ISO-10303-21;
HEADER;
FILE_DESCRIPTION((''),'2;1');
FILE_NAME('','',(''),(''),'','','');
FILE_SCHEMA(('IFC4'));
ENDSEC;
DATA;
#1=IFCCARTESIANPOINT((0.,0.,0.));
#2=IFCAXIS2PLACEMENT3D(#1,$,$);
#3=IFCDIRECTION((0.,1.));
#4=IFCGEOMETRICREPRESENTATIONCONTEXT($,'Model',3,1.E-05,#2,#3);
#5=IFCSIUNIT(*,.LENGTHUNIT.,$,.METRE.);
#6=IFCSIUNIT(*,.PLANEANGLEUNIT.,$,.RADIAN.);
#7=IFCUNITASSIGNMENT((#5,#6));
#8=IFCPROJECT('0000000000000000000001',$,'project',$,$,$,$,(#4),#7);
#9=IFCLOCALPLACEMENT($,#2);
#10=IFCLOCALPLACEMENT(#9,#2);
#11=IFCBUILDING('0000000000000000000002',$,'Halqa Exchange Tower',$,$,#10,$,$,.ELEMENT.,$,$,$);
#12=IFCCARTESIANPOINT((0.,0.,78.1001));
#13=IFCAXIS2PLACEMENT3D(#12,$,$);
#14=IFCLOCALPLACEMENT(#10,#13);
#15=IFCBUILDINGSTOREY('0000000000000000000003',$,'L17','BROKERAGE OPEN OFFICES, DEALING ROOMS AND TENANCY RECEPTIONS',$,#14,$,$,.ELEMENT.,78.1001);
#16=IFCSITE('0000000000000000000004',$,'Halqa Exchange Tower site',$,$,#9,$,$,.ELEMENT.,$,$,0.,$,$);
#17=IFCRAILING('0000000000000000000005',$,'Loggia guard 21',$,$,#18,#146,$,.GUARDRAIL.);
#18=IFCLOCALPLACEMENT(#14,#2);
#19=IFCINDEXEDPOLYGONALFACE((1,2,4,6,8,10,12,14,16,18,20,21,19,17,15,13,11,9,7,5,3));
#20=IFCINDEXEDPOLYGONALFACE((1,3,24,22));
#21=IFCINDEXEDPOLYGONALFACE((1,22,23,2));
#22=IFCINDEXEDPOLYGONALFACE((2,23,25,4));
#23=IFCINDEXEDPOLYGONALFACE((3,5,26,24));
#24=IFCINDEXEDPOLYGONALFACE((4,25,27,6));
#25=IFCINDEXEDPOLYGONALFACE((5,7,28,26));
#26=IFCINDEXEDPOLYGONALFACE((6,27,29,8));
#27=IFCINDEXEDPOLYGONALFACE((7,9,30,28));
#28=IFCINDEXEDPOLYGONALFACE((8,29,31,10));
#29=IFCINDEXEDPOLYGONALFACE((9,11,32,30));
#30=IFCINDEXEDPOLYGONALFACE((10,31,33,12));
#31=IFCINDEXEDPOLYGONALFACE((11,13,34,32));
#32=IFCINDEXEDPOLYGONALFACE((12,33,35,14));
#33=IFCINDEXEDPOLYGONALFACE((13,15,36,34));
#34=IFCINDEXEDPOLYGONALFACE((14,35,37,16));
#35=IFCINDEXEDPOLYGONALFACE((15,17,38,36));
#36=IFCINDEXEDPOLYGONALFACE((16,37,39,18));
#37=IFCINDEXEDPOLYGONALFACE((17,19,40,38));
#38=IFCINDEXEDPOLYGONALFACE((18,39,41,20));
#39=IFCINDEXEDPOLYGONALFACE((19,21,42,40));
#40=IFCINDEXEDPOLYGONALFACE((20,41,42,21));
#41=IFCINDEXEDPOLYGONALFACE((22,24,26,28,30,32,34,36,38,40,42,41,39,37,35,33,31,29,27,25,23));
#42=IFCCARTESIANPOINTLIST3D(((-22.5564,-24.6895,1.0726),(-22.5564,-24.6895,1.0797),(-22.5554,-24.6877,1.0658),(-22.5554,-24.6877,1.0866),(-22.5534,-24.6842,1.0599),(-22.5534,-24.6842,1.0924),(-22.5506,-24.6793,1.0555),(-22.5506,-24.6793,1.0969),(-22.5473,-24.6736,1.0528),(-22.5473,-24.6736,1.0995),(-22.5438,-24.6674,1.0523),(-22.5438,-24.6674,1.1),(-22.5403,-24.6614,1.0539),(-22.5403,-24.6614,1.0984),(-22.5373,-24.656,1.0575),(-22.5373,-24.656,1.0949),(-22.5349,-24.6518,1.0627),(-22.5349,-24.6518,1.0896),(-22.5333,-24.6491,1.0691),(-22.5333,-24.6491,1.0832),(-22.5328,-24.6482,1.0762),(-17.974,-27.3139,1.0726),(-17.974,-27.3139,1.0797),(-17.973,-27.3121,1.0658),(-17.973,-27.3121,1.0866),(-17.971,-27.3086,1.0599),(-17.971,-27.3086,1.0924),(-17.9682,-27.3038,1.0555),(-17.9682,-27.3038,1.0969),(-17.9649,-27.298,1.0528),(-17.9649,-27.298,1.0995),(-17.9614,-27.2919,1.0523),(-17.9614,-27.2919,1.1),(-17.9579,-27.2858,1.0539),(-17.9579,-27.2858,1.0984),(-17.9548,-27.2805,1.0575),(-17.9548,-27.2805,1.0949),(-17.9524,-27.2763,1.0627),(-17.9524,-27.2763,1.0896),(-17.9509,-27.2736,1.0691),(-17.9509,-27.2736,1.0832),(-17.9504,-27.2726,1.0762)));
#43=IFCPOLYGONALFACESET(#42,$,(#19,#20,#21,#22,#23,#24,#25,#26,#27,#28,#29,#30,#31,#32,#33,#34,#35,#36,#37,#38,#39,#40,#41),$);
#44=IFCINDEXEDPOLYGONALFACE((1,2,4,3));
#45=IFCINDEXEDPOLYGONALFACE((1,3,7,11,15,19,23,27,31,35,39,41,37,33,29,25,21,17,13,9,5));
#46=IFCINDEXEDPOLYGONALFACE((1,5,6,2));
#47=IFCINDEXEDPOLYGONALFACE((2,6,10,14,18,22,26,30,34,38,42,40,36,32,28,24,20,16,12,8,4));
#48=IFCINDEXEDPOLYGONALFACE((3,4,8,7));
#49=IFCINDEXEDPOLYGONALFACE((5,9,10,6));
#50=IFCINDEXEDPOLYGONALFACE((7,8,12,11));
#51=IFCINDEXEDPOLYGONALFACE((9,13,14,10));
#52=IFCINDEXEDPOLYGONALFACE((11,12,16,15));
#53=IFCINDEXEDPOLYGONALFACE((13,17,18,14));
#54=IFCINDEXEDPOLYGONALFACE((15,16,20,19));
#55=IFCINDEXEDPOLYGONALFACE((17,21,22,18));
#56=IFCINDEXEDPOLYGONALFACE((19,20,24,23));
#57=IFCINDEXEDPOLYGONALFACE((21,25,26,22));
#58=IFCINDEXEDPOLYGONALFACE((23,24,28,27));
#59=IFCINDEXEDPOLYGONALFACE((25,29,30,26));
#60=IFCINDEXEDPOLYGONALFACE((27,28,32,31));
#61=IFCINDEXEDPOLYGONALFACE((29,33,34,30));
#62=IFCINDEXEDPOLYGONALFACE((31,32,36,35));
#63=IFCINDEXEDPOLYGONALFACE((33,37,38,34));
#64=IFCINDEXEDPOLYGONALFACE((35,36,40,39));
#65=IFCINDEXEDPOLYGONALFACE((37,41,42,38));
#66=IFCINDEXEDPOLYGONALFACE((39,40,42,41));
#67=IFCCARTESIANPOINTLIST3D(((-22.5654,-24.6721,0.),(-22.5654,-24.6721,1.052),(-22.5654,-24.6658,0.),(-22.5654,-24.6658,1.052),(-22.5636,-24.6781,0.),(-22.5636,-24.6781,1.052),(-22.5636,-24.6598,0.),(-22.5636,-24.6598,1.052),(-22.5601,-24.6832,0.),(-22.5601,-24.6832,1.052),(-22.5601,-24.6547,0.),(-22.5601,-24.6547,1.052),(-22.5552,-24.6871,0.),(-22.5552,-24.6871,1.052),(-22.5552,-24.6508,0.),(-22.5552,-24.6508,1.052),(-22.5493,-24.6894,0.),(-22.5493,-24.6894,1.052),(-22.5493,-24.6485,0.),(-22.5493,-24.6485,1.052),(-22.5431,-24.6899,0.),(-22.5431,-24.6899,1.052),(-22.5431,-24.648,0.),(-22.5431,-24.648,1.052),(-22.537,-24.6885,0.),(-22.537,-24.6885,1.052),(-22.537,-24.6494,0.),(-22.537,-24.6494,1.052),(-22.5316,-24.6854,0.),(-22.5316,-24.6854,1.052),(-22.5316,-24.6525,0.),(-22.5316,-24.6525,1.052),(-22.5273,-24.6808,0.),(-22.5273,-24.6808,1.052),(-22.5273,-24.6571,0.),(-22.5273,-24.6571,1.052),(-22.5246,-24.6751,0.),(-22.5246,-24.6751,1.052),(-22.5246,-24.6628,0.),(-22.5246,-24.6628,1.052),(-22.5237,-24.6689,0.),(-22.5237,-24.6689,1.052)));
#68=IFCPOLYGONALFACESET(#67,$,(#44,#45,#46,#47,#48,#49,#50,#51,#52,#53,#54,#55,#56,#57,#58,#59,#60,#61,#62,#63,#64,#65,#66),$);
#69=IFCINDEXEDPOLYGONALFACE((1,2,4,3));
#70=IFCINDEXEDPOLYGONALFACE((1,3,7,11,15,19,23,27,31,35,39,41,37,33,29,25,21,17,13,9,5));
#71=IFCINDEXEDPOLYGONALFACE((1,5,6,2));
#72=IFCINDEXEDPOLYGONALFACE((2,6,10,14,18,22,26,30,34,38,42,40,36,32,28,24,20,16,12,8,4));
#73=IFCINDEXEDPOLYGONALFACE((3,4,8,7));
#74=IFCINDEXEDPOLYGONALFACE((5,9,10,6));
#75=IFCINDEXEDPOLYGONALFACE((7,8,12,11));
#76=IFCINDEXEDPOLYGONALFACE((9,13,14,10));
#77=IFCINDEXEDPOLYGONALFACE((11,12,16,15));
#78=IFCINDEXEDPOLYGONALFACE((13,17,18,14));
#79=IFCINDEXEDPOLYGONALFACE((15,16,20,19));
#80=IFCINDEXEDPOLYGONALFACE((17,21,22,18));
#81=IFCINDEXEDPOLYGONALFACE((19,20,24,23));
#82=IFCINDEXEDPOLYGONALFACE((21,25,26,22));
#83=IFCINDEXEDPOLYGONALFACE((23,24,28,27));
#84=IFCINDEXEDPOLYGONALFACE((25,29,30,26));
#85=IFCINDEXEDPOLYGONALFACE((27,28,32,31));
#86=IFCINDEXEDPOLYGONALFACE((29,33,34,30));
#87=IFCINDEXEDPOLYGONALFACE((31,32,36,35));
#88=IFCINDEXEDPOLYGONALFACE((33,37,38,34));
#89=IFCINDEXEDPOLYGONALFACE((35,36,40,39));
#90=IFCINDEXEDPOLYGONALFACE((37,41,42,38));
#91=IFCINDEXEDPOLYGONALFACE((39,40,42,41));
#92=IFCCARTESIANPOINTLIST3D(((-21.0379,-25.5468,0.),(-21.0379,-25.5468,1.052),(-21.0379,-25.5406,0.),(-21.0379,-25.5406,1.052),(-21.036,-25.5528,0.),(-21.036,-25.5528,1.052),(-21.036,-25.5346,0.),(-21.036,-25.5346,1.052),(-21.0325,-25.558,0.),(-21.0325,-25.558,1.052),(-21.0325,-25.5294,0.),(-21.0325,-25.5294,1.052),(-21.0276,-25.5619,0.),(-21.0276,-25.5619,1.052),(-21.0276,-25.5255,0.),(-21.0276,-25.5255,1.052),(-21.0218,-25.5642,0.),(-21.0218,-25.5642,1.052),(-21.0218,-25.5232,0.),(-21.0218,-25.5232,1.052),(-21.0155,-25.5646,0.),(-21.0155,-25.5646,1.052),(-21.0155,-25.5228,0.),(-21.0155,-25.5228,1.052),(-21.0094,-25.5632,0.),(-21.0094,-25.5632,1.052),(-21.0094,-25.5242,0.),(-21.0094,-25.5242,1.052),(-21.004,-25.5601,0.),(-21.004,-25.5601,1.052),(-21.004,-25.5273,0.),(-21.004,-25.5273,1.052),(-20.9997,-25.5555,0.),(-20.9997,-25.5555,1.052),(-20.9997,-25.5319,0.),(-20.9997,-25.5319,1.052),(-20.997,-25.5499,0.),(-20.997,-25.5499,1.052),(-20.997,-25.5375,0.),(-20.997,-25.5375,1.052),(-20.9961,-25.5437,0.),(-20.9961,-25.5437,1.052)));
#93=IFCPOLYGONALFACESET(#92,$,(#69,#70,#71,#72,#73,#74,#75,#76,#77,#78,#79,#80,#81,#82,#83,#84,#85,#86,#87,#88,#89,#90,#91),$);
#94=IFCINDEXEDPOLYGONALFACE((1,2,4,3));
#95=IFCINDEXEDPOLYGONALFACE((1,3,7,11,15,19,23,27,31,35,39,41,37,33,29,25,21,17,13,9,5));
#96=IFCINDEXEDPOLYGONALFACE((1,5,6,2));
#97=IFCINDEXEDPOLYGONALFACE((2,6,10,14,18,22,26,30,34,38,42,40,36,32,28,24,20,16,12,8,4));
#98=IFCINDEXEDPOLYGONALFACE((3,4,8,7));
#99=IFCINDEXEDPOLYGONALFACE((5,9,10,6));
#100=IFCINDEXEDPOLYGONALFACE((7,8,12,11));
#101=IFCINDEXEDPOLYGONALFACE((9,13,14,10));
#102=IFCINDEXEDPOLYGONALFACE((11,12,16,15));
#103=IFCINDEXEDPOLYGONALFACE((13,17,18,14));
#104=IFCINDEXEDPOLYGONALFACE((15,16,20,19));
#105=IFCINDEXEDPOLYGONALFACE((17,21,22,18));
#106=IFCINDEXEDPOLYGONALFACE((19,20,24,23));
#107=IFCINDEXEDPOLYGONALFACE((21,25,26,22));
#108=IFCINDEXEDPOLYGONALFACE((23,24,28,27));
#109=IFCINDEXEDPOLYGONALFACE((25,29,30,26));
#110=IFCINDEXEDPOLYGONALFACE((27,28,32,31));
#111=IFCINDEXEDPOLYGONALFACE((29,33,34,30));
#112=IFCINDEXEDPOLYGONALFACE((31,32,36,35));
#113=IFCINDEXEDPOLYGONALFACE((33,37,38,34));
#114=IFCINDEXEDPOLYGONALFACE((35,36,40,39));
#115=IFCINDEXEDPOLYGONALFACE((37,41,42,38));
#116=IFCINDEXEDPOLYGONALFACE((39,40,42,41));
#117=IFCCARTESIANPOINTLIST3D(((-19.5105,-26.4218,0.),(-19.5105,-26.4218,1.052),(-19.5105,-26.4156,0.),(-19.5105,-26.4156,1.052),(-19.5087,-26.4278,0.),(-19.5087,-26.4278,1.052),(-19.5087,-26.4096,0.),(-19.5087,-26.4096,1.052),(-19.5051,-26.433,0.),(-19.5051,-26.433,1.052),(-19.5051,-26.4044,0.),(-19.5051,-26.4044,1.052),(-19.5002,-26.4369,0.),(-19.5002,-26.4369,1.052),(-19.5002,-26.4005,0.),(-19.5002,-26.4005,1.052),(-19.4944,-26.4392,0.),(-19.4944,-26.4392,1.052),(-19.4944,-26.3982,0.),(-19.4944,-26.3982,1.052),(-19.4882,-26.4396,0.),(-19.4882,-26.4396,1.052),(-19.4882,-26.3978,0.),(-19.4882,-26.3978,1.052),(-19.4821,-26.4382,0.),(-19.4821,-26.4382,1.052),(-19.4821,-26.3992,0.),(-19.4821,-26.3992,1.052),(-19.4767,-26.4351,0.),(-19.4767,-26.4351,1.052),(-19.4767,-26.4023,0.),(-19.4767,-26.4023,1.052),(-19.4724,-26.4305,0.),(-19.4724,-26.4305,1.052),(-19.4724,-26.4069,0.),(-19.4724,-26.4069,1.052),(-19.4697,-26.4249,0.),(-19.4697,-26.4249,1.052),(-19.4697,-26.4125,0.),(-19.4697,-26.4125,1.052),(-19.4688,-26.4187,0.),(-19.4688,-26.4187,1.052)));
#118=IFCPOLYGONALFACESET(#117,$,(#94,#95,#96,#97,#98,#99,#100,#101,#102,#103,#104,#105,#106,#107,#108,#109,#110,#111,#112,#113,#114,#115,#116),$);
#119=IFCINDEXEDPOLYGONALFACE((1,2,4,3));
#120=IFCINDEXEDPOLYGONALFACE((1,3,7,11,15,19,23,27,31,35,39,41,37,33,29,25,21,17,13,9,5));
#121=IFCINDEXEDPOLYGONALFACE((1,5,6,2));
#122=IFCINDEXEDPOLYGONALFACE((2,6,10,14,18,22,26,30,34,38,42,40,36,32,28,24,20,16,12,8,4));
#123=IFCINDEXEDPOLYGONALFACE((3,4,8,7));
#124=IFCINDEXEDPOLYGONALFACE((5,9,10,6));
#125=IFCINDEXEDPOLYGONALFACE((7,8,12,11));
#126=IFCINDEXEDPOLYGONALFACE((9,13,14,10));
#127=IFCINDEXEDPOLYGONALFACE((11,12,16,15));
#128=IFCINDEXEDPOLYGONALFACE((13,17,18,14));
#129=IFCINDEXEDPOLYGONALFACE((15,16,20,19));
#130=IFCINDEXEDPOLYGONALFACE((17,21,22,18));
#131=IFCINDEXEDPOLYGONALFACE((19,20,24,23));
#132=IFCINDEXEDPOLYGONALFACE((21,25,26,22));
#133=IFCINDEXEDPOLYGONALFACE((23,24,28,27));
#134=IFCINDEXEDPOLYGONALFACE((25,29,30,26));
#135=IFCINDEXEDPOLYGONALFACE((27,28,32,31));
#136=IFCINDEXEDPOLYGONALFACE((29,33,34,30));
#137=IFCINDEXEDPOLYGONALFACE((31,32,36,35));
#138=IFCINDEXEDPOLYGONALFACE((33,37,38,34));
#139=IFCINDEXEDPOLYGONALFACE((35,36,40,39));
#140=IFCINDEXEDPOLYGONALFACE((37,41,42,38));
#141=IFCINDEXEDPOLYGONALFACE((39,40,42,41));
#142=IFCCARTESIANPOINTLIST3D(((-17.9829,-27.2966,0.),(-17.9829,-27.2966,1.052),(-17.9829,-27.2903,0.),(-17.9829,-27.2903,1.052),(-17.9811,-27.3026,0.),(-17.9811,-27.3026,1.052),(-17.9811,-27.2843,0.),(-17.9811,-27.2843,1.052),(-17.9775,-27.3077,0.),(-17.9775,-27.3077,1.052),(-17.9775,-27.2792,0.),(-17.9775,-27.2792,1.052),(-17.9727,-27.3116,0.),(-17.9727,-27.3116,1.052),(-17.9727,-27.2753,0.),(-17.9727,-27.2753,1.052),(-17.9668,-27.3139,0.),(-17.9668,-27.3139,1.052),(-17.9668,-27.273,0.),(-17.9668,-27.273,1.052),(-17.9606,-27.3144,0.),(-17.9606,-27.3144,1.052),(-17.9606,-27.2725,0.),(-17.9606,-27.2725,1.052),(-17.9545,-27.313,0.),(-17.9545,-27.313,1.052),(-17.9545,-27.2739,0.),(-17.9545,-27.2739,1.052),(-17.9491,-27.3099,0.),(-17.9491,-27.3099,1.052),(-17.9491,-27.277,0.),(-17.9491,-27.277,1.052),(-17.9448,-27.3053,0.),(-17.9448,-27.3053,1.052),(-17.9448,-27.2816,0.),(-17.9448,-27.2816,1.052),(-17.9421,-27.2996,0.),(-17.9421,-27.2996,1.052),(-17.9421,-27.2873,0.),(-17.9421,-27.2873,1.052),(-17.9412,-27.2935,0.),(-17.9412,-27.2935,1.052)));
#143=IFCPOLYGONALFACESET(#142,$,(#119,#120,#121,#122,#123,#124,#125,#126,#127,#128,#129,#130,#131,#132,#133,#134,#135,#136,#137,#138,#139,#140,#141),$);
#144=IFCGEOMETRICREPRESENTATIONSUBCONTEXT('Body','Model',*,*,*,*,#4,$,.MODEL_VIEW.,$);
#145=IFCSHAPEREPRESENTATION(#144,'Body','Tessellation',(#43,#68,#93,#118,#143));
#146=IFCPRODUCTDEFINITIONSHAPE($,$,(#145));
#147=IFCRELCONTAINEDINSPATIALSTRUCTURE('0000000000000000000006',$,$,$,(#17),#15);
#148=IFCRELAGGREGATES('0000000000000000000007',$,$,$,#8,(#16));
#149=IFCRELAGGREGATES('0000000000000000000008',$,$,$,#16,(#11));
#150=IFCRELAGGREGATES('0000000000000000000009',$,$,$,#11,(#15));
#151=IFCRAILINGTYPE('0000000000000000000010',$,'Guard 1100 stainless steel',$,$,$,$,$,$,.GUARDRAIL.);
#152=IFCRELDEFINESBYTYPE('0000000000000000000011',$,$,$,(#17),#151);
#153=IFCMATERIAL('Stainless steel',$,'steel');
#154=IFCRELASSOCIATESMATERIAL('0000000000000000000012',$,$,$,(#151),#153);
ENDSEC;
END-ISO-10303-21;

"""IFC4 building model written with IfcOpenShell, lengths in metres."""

from ifc_helpers import new_model, si_unit, direction, frame, origin, origin_2d, place, context, subcontext, project, spatial, circle, extrude, material, type_object, element, save


model = new_model("IFC4")

# Units and contexts
model_context = context("Model", 3, precision=1e-05, world=origin(), true_north=direction((0.0, 1.0)))
body_context = subcontext(model_context, "Body", "Model", "MODEL_VIEW")
ifc_project = project(units=[si_unit("LENGTHUNIT", "METRE"), si_unit("PLANEANGLEUNIT", "RADIAN")], contexts=[model_context])

# Site, building, storey
site_placement = place(None, origin())
site = spatial("IfcSite", under=ifc_project, at=site_placement, Name="Halqa Exchange Tower site", CompositionType="ELEMENT", RefElevation=0.0)
building_placement = place(site_placement, origin())
building = spatial("IfcBuilding", under=site, at=building_placement, Name="Halqa Exchange Tower", CompositionType="ELEMENT")
storey_placement = place(building_placement, frame((0.0, 0.0, 78.1001)))
storey = spatial("IfcBuildingStorey", under=building, at=storey_placement, Name="L17", Description="BROKERAGE OPEN OFFICES, DEALING ROOMS AND TENANCY RECEPTIONS", CompositionType="ELEMENT", Elevation=78.1001)

# Railing
ifc_material_1 = material(Name="Stainless steel", Category="steel")
railing_type = type_object("IfcRailingType", Name="Guard 1100 stainless steel", PredefinedType="GUARDRAIL", material=ifc_material_1)
railing_1_placement = place(storey_placement, frame((-22.5447, -24.6689, 0.0)))
element("IfcRailing", 1, at=railing_1_placement, inside=storey, type_object=railing_type, Name="Loggia guard 21", PredefinedType="GUARDRAIL", context=body_context, shape_type="SweptSolid", body=[
    extrude(circle(Radius=0.0239, at=origin_2d()), frame((0.0, 0.0, 1.0762), z_axis=(0.867759, -0.496985, 0.0), x_axis=(0.496985, 0.867759, 0.0)), (0.0, 0.0, 1.0), 5.2808),
    extrude(circle(Radius=0.021, at=origin_2d()), origin(), (0.0, 0.0, 1.0), 1.052),
    extrude(circle(Radius=0.021, at=origin_2d()), frame((1.5276, -0.8748, 0.0)), (0.0, 0.0, 1.0), 1.052),
    extrude(circle(Radius=0.021, at=origin_2d()), frame((3.0549, -1.7498, 0.0)), (0.0, 0.0, 1.0), 1.052),
    extrude(circle(Radius=0.021, at=origin_2d()), frame((4.5825, -2.6245, 0.0)), (0.0, 0.0, 1.0), 1.052),
])

save(model, "model.ifc")
